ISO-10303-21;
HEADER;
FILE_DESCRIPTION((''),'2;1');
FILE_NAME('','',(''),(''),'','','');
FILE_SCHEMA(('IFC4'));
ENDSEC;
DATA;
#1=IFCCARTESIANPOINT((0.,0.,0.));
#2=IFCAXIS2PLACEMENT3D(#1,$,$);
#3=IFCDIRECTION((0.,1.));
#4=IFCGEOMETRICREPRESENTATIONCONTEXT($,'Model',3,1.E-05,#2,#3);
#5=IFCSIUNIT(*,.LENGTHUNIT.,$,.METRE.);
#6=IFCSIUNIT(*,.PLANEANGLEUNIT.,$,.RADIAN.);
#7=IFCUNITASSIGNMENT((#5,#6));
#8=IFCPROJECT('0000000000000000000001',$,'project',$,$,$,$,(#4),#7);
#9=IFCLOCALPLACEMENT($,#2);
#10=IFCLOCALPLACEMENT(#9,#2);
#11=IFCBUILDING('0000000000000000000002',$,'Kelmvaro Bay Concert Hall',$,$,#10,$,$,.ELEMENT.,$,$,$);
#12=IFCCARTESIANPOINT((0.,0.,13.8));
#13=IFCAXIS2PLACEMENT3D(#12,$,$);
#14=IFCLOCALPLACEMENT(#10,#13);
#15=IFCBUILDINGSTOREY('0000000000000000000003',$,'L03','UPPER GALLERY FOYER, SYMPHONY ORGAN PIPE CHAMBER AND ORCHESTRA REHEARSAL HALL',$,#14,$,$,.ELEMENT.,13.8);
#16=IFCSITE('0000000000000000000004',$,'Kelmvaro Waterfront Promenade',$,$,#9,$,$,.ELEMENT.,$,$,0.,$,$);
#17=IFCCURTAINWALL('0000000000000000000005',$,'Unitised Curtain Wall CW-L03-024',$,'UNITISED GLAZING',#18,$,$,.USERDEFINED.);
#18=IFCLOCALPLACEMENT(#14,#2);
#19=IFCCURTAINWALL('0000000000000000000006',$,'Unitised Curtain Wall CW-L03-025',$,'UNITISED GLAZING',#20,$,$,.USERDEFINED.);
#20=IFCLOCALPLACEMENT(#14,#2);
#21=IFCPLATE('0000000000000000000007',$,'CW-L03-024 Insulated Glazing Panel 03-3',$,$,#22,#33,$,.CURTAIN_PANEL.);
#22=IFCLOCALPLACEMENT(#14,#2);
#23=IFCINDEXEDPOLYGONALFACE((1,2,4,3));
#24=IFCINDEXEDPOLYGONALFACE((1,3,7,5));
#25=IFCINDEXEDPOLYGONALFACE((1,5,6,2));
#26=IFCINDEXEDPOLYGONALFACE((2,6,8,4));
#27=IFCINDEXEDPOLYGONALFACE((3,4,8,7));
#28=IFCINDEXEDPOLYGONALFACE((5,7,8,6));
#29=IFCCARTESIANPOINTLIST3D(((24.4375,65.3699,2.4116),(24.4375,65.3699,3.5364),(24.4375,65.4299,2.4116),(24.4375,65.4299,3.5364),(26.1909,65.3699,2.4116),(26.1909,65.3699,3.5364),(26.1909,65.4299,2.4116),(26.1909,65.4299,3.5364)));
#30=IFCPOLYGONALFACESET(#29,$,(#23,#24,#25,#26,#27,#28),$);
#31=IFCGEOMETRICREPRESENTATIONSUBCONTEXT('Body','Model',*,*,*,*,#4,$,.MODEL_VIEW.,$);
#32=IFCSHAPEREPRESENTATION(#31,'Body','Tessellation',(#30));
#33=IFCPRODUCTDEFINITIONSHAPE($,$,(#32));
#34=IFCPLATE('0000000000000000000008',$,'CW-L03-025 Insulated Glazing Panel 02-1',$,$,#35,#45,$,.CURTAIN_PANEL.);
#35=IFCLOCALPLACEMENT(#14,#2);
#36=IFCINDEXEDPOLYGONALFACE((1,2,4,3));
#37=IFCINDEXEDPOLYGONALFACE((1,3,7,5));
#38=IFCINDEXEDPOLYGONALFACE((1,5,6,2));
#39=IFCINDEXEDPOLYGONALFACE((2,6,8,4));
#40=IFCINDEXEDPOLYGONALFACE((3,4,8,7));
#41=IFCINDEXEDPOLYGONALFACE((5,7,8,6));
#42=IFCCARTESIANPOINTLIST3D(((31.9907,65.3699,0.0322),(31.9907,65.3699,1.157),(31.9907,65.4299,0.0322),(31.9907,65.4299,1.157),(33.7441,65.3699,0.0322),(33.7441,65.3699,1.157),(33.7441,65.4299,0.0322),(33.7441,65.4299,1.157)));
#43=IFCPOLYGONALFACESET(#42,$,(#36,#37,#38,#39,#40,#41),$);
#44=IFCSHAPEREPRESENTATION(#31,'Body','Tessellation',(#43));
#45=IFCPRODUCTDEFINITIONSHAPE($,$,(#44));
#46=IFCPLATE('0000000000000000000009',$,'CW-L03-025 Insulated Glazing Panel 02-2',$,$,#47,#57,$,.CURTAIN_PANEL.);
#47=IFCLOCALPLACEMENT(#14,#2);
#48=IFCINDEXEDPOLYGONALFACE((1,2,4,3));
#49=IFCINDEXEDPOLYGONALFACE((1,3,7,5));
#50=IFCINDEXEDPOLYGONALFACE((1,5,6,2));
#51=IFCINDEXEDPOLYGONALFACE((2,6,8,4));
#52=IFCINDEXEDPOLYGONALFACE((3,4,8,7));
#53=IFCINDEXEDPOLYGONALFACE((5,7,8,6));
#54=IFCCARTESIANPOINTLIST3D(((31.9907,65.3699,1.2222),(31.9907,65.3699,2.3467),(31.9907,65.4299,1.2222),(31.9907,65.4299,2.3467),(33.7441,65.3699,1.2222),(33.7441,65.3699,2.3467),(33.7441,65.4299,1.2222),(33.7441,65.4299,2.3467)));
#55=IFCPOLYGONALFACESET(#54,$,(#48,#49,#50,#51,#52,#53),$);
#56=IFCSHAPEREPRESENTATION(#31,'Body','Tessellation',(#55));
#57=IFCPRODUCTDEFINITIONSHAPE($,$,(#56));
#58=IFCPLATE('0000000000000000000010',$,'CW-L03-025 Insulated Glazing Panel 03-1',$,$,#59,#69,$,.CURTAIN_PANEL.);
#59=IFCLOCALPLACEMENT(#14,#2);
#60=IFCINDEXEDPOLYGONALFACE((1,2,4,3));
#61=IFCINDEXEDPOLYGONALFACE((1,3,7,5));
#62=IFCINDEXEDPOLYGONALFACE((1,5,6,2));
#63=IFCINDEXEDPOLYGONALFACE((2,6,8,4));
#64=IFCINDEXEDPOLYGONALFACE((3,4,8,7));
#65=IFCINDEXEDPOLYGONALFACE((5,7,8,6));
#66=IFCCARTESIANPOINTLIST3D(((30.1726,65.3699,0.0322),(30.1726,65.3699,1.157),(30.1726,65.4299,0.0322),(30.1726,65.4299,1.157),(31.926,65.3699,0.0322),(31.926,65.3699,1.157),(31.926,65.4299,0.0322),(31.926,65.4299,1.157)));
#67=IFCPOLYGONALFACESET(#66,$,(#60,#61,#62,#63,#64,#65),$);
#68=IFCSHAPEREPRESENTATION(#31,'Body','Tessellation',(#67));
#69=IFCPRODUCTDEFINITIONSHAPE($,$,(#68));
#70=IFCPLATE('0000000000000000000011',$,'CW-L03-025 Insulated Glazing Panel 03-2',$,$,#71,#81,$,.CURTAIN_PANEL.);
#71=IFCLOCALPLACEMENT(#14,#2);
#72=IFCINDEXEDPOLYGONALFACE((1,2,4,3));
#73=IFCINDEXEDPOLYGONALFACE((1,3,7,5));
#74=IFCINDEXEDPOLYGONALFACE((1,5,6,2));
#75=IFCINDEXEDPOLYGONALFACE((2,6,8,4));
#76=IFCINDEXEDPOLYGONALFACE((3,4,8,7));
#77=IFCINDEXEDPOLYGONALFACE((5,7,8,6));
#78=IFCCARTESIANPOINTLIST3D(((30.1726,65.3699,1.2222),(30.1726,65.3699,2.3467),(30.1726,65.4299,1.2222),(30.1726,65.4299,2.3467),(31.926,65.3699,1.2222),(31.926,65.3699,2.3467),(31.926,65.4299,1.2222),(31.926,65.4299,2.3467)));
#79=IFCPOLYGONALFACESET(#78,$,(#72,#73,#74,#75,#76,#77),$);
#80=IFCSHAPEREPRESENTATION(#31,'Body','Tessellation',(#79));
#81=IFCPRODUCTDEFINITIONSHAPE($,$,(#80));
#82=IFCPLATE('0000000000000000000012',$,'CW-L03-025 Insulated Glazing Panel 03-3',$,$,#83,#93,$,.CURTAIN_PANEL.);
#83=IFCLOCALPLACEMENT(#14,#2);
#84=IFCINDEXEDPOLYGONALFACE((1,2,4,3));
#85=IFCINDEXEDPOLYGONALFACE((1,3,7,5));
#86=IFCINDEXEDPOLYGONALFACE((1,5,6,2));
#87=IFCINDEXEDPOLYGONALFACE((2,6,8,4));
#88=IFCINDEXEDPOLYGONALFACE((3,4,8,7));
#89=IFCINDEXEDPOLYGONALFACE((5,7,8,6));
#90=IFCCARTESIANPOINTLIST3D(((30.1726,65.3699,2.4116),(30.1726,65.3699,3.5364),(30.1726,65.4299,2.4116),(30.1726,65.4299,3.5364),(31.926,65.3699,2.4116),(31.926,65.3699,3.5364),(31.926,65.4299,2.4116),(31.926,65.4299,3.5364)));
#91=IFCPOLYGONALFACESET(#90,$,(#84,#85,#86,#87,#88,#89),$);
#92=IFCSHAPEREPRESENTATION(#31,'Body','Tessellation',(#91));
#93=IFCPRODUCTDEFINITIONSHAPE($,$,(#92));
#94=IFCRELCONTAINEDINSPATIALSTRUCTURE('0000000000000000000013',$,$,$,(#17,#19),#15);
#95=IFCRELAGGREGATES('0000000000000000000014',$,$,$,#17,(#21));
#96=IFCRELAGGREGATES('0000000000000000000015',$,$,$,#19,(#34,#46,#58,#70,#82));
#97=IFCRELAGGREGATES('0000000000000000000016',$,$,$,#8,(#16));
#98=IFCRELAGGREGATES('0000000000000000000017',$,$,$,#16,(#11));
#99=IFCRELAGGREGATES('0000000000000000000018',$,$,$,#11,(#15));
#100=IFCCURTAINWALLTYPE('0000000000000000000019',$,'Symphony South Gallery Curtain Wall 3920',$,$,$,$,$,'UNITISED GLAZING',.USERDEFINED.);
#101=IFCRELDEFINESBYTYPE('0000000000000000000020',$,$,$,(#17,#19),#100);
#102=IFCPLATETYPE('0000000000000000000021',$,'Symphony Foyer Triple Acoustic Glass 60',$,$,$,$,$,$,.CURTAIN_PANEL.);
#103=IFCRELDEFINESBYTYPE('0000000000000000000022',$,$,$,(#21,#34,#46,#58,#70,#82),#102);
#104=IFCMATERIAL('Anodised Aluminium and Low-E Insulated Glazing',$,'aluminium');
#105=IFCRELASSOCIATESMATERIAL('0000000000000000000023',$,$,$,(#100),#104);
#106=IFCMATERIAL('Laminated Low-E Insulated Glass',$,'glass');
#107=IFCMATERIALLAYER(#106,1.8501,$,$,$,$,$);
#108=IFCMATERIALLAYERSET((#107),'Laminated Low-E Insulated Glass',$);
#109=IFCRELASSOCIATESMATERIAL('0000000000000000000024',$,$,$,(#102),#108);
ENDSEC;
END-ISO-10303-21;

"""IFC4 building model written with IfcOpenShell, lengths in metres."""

from ifc_helpers import new_model, si_unit, direction, frame, origin, origin_2d, place, context, subcontext, project, spatial, rectangle, extrude, material, layer, layer_set, type_object, element, aggregate, save


model = new_model("IFC4")

# Units and contexts
model_context = context("Model", 3, precision=1e-05, world=origin(), true_north=direction((0.0, 1.0)))
body_context = subcontext(model_context, "Body", "Model", "MODEL_VIEW")
ifc_project = project(units=[si_unit("LENGTHUNIT", "METRE"), si_unit("PLANEANGLEUNIT", "RADIAN")], contexts=[model_context])

# Site, building, storey
site_placement = place(None, origin())
site = spatial("IfcSite", under=ifc_project, at=site_placement, Name="Kelmvaro Waterfront Promenade", CompositionType="ELEMENT", RefElevation=0.0)
building_placement = place(site_placement, origin())
building = spatial("IfcBuilding", under=site, at=building_placement, Name="Kelmvaro Bay Concert Hall", CompositionType="ELEMENT")
storey_placement = place(building_placement, frame((0.0, 0.0, 13.8)))
storey = spatial("IfcBuildingStorey", under=building, at=storey_placement, Name="L03", Description="UPPER GALLERY FOYER, SYMPHONY ORGAN PIPE CHAMBER AND ORCHESTRA REHEARSAL HALL", CompositionType="ELEMENT", Elevation=13.8)

# Curtain walls
ifc_material_1 = material(Name="Anodised Aluminium and Low-E Insulated Glazing", Category="aluminium")
curtain_wall_type = type_object("IfcCurtainWallType", Name="Symphony South Gallery Curtain Wall 3920", ElementType="UNITISED GLAZING", PredefinedType="USERDEFINED", material=ifc_material_1)
curtain_wall_1_placement = place(storey_placement, origin())
curtain_wall_1 = element("IfcCurtainWall", 1, at=curtain_wall_1_placement, inside=storey, type_object=curtain_wall_type, Name="Unitised Curtain Wall CW-L03-024", ObjectType="UNITISED GLAZING", PredefinedType="USERDEFINED")
curtain_wall_2_placement = place(storey_placement, origin())
curtain_wall_2 = element("IfcCurtainWall", 2, at=curtain_wall_2_placement, inside=storey, type_object=curtain_wall_type, Name="Unitised Curtain Wall CW-L03-025", ObjectType="UNITISED GLAZING", PredefinedType="USERDEFINED")

# Plates
ifc_material_2 = material(Name="Laminated Low-E Insulated Glass", Category="glass")
ifc_layer = layer(ifc_material_2, 1.8501)
ifc_layer_set = layer_set([ifc_layer], Name="Laminated Low-E Insulated Glass")
plate_type = type_object("IfcPlateType", Name="Symphony Foyer Triple Acoustic Glass 60", PredefinedType="CURTAIN_PANEL", material=ifc_layer_set)
plate_1_placement = place(storey_placement, frame((25.3142, 65.3999, 2.4116), z_axis=(0.0, 0.0, 1.0), x_axis=(-1.0, 0.0, 0.0)))
plate_1 = element("IfcPlate", 3, at=plate_1_placement, type_object=plate_type, Name="CW-L03-024 Insulated Glazing Panel 03-3", PredefinedType="CURTAIN_PANEL", context=body_context, shape_type="SweptSolid", body=[
    extrude(rectangle(XDim=1.7534, YDim=0.0601, at=origin_2d()), origin(), (0.0, 0.0, 1.0), 1.1248),
])
aggregate(curtain_wall_1, [plate_1])
plate_2_placement = place(storey_placement, frame((32.8674, 65.3999, 0.0322), z_axis=(0.0, 0.0, 1.0), x_axis=(-1.0, 0.0, 0.0)))
plate_2 = element("IfcPlate", 4, at=plate_2_placement, type_object=plate_type, Name="CW-L03-025 Insulated Glazing Panel 02-1", PredefinedType="CURTAIN_PANEL", context=body_context, shape_type="SweptSolid", body=[
    extrude(rectangle(XDim=1.7534, YDim=0.0601, at=origin_2d()), origin(), (0.0, 0.0, 1.0), 1.1248),
])
plate_3_placement = place(storey_placement, frame((32.8674, 65.3999, 1.2222), z_axis=(0.0, 0.0, 1.0), x_axis=(-1.0, 0.0, 0.0)))
plate_3 = element("IfcPlate", 5, at=plate_3_placement, type_object=plate_type, Name="CW-L03-025 Insulated Glazing Panel 02-2", PredefinedType="CURTAIN_PANEL", context=body_context, shape_type="SweptSolid", body=[
    extrude(rectangle(XDim=1.7534, YDim=0.0601, at=origin_2d()), origin(), (0.0, 0.0, 1.0), 1.1245),
])
plate_4_placement = place(storey_placement, frame((31.0493, 65.3999, 0.0322), z_axis=(0.0, 0.0, 1.0), x_axis=(-1.0, 0.0, 0.0)))
plate_4 = element("IfcPlate", 6, at=plate_4_placement, type_object=plate_type, Name="CW-L03-025 Insulated Glazing Panel 03-1", PredefinedType="CURTAIN_PANEL", context=body_context, shape_type="SweptSolid", body=[
    extrude(rectangle(XDim=1.7534, YDim=0.0601, at=origin_2d()), origin(), (0.0, 0.0, 1.0), 1.1248),
])
plate_5_placement = place(storey_placement, frame((31.0493, 65.3999, 1.2222), z_axis=(0.0, 0.0, 1.0), x_axis=(-1.0, 0.0, 0.0)))
plate_5 = element("IfcPlate", 7, at=plate_5_placement, type_object=plate_type, Name="CW-L03-025 Insulated Glazing Panel 03-2", PredefinedType="CURTAIN_PANEL", context=body_context, shape_type="SweptSolid", body=[
    extrude(rectangle(XDim=1.7534, YDim=0.0601, at=origin_2d()), origin(), (0.0, 0.0, 1.0), 1.1245),
])
plate_6_placement = place(storey_placement, frame((31.0493, 65.3999, 2.4116), z_axis=(0.0, 0.0, 1.0), x_axis=(-1.0, 0.0, 0.0)))
plate_6 = element("IfcPlate", 8, at=plate_6_placement, type_object=plate_type, Name="CW-L03-025 Insulated Glazing Panel 03-3", PredefinedType="CURTAIN_PANEL", context=body_context, shape_type="SweptSolid", body=[
    extrude(rectangle(XDim=1.7534, YDim=0.0601, at=origin_2d()), origin(), (0.0, 0.0, 1.0), 1.1248),
])
aggregate(curtain_wall_2, [plate_2, plate_3, plate_4, plate_5, plate_6])

save(model, "model.ifc")
